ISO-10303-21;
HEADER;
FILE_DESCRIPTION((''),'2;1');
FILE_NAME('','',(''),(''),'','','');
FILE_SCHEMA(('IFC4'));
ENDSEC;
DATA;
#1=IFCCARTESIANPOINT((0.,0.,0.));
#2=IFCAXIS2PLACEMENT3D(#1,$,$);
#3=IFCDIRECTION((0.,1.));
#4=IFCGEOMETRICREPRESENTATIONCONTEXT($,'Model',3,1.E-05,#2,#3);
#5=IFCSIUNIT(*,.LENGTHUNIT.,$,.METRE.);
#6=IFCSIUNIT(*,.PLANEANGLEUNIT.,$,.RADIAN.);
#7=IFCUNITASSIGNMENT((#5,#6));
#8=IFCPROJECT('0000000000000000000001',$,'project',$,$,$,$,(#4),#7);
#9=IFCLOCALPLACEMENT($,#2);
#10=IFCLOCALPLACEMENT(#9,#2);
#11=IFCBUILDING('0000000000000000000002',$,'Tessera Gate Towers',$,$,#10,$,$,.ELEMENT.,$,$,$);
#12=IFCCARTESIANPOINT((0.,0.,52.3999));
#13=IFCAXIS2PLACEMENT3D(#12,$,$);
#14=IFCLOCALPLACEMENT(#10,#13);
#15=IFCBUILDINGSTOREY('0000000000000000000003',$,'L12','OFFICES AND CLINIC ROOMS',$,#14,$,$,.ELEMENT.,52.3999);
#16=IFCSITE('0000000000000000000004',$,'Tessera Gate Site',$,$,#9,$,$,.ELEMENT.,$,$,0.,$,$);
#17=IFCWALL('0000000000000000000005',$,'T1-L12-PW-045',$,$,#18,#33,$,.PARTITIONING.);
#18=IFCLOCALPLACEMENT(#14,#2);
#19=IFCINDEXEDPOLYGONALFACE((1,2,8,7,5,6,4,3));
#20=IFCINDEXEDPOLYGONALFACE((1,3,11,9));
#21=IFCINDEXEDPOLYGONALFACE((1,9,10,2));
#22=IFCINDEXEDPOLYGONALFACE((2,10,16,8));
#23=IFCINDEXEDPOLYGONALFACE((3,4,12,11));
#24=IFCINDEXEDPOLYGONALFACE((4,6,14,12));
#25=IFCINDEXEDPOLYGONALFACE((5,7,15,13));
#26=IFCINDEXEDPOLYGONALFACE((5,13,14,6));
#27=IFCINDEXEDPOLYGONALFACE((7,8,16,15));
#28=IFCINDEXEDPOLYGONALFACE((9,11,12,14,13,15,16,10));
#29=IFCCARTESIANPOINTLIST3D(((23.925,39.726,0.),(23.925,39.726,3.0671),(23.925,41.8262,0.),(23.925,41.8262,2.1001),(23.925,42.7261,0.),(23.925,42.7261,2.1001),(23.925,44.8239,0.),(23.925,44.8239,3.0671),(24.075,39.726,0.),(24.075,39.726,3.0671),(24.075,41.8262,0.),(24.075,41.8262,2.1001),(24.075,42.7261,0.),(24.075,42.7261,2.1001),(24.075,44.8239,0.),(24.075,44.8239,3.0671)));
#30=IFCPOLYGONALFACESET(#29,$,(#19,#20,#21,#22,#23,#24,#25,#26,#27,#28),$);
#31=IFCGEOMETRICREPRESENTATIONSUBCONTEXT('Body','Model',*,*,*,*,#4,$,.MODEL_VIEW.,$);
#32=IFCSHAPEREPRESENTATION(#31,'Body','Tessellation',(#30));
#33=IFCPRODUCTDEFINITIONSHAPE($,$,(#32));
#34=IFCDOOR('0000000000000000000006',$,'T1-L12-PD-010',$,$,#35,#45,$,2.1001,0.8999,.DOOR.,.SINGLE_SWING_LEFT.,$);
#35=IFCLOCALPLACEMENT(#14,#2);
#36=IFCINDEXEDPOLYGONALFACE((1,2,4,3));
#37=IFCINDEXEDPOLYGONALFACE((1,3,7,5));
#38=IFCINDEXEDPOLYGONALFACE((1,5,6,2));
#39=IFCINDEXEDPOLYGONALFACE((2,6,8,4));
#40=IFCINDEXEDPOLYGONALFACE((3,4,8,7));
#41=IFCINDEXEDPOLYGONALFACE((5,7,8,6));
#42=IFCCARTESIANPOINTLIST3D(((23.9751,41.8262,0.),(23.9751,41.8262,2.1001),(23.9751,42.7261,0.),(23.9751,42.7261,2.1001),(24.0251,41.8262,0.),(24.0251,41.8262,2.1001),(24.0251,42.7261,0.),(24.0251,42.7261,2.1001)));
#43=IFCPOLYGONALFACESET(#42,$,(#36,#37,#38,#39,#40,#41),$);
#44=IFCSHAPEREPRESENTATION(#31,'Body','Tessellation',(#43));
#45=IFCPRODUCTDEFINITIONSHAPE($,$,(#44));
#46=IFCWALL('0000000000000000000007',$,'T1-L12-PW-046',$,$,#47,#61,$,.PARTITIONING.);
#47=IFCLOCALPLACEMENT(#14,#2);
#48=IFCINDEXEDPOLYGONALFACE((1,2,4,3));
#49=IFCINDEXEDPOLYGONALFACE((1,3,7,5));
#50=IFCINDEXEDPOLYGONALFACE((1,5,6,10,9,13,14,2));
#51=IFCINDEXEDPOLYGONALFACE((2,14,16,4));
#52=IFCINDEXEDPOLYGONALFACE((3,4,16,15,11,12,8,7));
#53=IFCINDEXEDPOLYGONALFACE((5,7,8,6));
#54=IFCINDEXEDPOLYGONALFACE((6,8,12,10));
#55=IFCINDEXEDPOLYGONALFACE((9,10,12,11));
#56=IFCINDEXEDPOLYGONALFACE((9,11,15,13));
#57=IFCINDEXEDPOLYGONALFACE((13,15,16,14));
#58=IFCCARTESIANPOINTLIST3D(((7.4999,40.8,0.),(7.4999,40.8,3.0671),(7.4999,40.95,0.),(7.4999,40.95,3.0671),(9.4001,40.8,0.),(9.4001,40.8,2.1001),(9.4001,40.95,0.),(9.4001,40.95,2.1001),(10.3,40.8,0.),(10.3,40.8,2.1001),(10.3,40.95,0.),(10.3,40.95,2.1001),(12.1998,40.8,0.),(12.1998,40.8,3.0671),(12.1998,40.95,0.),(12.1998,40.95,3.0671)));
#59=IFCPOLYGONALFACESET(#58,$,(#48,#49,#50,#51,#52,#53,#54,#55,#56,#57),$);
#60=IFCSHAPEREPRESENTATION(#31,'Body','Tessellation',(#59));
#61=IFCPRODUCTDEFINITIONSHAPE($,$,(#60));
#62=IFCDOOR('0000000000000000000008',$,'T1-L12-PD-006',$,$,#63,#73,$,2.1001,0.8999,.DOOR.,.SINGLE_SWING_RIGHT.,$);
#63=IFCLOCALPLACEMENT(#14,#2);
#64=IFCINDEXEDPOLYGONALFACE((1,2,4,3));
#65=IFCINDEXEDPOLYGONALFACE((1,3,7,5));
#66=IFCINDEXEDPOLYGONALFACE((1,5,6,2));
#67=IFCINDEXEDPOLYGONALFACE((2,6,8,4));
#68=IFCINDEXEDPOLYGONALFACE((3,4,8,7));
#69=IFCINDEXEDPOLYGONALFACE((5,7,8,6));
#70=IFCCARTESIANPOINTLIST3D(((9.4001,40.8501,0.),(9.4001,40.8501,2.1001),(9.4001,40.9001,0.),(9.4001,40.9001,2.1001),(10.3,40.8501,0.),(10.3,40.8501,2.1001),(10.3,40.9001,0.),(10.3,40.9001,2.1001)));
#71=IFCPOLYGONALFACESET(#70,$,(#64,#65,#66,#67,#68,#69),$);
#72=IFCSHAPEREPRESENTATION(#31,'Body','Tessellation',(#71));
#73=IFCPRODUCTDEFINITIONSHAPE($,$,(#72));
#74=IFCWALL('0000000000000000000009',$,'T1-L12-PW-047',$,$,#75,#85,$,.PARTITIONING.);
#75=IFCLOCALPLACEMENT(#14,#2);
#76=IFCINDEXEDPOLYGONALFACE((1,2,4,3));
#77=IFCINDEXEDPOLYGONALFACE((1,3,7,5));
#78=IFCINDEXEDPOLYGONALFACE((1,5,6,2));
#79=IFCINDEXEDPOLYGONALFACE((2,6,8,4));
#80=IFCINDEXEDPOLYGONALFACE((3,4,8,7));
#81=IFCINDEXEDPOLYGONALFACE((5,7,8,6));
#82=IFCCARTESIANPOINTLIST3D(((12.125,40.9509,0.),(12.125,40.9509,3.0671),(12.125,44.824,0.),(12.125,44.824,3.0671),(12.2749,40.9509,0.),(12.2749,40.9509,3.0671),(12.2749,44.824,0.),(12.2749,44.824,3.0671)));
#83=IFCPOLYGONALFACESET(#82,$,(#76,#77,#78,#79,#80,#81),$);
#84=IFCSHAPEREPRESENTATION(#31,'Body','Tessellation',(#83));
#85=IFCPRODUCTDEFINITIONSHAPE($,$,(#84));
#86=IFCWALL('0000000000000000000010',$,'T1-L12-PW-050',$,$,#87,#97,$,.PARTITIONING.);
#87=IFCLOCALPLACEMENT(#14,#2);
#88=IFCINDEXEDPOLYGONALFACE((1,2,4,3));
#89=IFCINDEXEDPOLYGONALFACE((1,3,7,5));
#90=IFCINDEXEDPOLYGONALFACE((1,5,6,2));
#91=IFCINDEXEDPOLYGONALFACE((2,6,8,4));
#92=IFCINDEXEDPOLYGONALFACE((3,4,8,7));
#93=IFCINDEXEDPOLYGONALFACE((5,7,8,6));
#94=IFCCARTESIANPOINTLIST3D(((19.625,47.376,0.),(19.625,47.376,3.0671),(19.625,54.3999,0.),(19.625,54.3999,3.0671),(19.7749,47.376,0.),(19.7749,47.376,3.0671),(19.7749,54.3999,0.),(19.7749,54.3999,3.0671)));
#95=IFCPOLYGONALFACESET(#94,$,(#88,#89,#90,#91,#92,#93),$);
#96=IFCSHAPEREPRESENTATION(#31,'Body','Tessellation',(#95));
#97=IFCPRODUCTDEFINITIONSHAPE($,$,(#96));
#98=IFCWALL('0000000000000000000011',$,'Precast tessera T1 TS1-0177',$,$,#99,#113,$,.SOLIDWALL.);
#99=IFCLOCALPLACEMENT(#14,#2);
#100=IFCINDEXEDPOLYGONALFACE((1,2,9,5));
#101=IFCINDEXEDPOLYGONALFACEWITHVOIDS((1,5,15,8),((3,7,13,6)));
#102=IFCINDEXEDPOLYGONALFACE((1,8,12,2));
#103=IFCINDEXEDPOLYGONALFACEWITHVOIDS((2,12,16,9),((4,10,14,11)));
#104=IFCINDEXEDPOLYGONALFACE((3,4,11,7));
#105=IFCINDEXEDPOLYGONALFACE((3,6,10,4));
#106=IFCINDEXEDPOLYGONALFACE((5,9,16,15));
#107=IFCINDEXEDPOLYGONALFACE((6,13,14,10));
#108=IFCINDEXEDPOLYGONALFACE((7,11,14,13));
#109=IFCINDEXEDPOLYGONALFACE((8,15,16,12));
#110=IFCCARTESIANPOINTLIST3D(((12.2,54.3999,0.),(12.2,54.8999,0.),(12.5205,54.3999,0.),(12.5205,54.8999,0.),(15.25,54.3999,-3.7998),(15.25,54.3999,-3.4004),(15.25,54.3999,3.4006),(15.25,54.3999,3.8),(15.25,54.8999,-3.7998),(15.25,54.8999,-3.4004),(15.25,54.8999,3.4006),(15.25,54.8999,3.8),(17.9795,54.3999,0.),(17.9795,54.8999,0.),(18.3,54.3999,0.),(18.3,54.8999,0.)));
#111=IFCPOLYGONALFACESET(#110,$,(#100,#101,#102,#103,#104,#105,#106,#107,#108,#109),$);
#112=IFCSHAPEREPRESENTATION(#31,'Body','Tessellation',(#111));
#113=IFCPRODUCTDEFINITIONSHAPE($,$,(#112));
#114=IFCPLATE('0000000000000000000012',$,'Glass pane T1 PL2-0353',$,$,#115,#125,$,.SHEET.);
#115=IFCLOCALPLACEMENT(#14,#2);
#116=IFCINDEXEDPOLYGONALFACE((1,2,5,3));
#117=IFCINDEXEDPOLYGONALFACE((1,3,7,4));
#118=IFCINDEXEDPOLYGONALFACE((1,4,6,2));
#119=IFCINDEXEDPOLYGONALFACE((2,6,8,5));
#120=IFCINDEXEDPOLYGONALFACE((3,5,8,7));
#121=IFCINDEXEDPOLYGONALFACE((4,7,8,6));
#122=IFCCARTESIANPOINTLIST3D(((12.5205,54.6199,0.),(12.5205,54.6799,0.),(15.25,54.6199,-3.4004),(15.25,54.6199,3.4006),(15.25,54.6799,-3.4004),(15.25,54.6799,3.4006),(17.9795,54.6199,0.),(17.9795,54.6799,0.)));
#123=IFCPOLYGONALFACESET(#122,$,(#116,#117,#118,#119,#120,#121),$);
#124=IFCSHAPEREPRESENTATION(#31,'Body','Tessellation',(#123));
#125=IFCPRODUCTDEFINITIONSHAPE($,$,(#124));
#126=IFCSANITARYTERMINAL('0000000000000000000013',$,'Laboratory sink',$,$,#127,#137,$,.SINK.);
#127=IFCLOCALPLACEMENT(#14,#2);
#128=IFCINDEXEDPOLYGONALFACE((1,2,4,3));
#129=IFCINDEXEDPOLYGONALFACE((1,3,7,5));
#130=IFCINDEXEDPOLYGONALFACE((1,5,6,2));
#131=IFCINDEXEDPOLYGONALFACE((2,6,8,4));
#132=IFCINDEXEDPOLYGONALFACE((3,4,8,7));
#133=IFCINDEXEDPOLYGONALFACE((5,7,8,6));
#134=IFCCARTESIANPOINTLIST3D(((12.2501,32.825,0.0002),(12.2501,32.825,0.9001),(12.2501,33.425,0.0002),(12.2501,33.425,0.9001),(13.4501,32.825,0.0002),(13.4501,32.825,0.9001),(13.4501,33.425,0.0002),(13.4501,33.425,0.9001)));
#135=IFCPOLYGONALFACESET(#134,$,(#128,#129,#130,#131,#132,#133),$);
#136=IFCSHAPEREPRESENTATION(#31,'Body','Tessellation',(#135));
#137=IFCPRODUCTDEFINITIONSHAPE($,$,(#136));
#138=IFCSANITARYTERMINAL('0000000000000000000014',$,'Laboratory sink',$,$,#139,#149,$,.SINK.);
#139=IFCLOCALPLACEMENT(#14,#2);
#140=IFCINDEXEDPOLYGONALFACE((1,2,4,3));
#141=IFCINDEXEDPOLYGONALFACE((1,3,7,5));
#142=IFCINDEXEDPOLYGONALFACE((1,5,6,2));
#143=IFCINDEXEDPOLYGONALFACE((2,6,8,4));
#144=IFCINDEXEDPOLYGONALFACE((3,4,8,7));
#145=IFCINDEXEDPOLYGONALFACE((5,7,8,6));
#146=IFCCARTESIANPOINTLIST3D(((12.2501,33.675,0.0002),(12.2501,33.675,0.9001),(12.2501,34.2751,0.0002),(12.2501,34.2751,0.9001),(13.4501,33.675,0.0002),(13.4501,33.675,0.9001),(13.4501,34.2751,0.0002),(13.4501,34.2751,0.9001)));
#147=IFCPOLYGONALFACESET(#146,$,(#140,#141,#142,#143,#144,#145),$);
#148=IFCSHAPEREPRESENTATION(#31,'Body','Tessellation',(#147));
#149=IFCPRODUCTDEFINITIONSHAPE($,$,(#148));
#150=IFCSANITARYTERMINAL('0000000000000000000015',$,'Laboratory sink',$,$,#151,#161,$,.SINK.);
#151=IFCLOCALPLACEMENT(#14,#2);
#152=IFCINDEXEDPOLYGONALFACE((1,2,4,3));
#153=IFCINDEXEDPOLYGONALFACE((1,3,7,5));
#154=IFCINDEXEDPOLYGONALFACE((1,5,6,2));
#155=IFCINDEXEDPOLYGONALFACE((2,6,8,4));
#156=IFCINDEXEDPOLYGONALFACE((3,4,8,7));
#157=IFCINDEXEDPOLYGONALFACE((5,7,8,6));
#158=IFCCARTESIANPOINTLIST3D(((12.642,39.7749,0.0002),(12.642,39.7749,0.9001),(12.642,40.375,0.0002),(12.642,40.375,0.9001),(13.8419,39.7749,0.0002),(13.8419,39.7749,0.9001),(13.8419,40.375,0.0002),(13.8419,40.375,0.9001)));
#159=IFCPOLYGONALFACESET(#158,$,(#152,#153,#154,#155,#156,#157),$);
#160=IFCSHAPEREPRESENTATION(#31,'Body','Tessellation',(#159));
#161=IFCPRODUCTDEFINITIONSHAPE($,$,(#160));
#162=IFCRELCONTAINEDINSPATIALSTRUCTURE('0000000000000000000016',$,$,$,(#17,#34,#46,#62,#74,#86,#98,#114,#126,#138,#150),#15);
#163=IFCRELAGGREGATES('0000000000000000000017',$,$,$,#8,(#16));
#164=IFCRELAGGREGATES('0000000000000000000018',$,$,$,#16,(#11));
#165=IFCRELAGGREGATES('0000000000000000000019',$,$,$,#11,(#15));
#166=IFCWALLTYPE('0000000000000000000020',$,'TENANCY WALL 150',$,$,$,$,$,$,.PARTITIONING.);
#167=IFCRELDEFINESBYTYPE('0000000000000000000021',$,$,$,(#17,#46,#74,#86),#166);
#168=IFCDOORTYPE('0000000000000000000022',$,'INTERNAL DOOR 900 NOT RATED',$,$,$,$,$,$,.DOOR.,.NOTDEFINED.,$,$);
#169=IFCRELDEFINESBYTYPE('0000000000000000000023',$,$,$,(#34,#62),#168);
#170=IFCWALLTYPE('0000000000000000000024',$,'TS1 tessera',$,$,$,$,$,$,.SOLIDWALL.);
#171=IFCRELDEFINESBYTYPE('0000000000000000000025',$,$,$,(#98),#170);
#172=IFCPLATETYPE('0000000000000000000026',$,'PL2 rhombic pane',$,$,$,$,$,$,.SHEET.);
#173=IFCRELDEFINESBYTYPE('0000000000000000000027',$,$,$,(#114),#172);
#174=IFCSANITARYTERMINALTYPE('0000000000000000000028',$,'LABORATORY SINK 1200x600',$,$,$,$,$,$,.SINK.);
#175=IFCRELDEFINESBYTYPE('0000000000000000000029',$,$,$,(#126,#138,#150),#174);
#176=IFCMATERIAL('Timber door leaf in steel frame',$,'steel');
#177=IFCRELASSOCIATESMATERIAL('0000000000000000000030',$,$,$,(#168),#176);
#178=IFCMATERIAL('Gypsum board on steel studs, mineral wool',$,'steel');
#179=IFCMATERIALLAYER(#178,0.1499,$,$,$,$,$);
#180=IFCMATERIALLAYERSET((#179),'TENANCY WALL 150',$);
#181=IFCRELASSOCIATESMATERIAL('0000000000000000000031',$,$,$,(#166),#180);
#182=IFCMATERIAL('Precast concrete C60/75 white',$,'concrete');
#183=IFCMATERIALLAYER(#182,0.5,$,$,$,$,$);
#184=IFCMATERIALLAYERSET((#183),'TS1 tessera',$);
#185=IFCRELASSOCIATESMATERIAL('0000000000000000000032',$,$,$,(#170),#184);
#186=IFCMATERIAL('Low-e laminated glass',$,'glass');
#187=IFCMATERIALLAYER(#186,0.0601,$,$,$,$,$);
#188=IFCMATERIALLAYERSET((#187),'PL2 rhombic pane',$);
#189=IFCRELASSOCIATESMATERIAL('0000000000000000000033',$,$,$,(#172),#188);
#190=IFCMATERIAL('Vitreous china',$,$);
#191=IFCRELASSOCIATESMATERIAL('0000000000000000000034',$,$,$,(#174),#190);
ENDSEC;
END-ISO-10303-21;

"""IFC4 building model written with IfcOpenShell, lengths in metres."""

from ifc_helpers import new_model, si_unit, direction, frame, frame_2d, origin, origin_2d, place, context, subcontext, project, spatial, polyline, rectangle, outline, extrude, source, transform, mapped, material, layer, layer_set, type_object, element, fill, save


model = new_model("IFC4")

# Units and contexts
model_context = context("Model", 3, precision=1e-05, world=origin(), true_north=direction((0.0, 1.0)))
body_context = subcontext(model_context, "Body", "Model", "MODEL_VIEW")
ifc_project = project(units=[si_unit("LENGTHUNIT", "METRE"), si_unit("PLANEANGLEUNIT", "RADIAN")], contexts=[model_context])

# Site, building, storey
site_placement = place(None, origin())
site = spatial("IfcSite", under=ifc_project, at=site_placement, Name="Tessera Gate Site", CompositionType="ELEMENT", RefElevation=0.0)
building_placement = place(site_placement, origin())
building = spatial("IfcBuilding", under=site, at=building_placement, Name="Tessera Gate Towers", CompositionType="ELEMENT")
storey_placement = place(building_placement, frame((0.0, 0.0, 52.3999)))
storey = spatial("IfcBuildingStorey", under=building, at=storey_placement, Name="L12", Description="OFFICES AND CLINIC ROOMS", CompositionType="ELEMENT", Elevation=52.3999)

# Shared definitions
ifc_material_1 = material(Name="Timber door leaf in steel frame", Category="steel")
door_type = type_object("IfcDoorType", Name="INTERNAL DOOR 900 NOT RATED", OperationType="NOTDEFINED", PredefinedType="DOOR", material=ifc_material_1)
shared_shape_1 = source(origin(), body_context, "Body", "SweptSolid", [
    extrude(rectangle(XDim=0.8999, YDim=2.1001, at=frame_2d((0.45, 1.05))), frame((0.0, 0.0249, 0.0), z_axis=(0.0, -1.0, 0.0), x_axis=(1.0, 0.0, 0.0)), (0.0, 0.0, 1.0), 0.05),
])

# Shared definitions
ifc_material_2 = material(Name="Gypsum board on steel studs, mineral wool", Category="steel")
ifc_layer_1 = layer(ifc_material_2, 0.1499)
ifc_layer_set_1 = layer_set([ifc_layer_1], Name="TENANCY WALL 150")
wall_type_1 = type_object("IfcWallType", Name="TENANCY WALL 150", PredefinedType="PARTITIONING", material=ifc_layer_set_1)

# Shared definitions
shared_shape_2 = source(origin(), body_context, "Body", "SweptSolid", [
    extrude(rectangle(XDim=0.8999, YDim=2.1001, at=frame_2d((0.45, 1.05))), frame((0.0, 0.085, 0.0), z_axis=(0.0, -1.0, 0.0), x_axis=(1.0, 0.0, 0.0)), (0.0, 0.0, 1.0), 0.1699),
])

# Walls, openings, doors
wall_1_placement = place(storey_placement, frame((24.0, 39.7261, 0.0), z_axis=(0.0, 0.0, 1.0), x_axis=(0.0, 1.0, 0.0)))
wall_1 = element("IfcWall", 1, at=wall_1_placement, inside=storey, type_object=wall_type_1, Name="T1-L12-PW-045", PredefinedType="PARTITIONING", context=body_context, shape_type="SweptSolid", body=[
    extrude(rectangle(XDim=5.0979, YDim=0.1499, at=frame_2d((2.5488, 0.0))), origin(), (0.0, 0.0, 1.0), 3.0671),
])
opening_1_placement = place(wall_1_placement, frame((2.1001, 0.0, 0.0)))
opening_1 = element("IfcOpeningElement", 2, at=opening_1_placement, cuts=wall_1, PredefinedType="OPENING", context=body_context, shape_type="MappedRepresentation", body=[
    mapped(shared_shape_2, transform((0.0, 0.0, 0.0), scale=1.0)),
])
door_1_placement = place(opening_1_placement, origin())
door_1 = element("IfcDoor", 3, at=door_1_placement, inside=storey, type_object=door_type, Name="T1-L12-PD-010", OperationType="SINGLE_SWING_LEFT", OverallHeight=2.1001, OverallWidth=0.8999, PredefinedType="DOOR", context=body_context, shape_type="MappedRepresentation", body=[
    mapped(shared_shape_1, transform((0.0, 0.0, 0.0), scale=1.0)),
])
fill(opening_1, door_1)
wall_2_placement = place(storey_placement, frame((12.2, 40.875, 0.0), z_axis=(0.0, 0.0, 1.0), x_axis=(-1.0, 0.0, 0.0)))
wall_2 = element("IfcWall", 4, at=wall_2_placement, inside=storey, type_object=wall_type_1, Name="T1-L12-PW-046", PredefinedType="PARTITIONING", context=body_context, shape_type="SweptSolid", body=[
    extrude(rectangle(XDim=4.7, YDim=0.1499, at=frame_2d((2.3501, 0.0))), origin(), (0.0, 0.0, 1.0), 3.0671),
])
opening_2_placement = place(wall_2_placement, frame((1.8999, 0.0, 0.0)))
opening_2 = element("IfcOpeningElement", 5, at=opening_2_placement, cuts=wall_2, PredefinedType="OPENING", context=body_context, shape_type="MappedRepresentation", body=[
    mapped(shared_shape_2, transform((0.0, 0.0, 0.0), scale=1.0)),
])
door_2_placement = place(opening_2_placement, origin())
door_2 = element("IfcDoor", 6, at=door_2_placement, inside=storey, type_object=door_type, Name="T1-L12-PD-006", OperationType="SINGLE_SWING_RIGHT", OverallHeight=2.1001, OverallWidth=0.8999, PredefinedType="DOOR", context=body_context, shape_type="MappedRepresentation", body=[
    mapped(shared_shape_1, transform((0.0, 0.0, 0.0), scale=1.0)),
])
fill(opening_2, door_2)

# Walls
wall_3_placement = place(storey_placement, frame((12.2, 40.9509, 0.0), z_axis=(0.0, 0.0, 1.0), x_axis=(0.0, 1.0, 0.0)))
element("IfcWall", 7, at=wall_3_placement, inside=storey, type_object=wall_type_1, Name="T1-L12-PW-047", PredefinedType="PARTITIONING", context=body_context, shape_type="SweptSolid", body=[
    extrude(rectangle(XDim=3.873, YDim=0.1499, at=frame_2d((1.9365, 0.0))), origin(), (0.0, 0.0, 1.0), 3.0671),
])
wall_4_placement = place(storey_placement, frame((19.7, 47.376, 0.0), z_axis=(0.0, 0.0, 1.0), x_axis=(0.0, 1.0, 0.0)))
element("IfcWall", 8, at=wall_4_placement, inside=storey, type_object=wall_type_1, Name="T1-L12-PW-050", PredefinedType="PARTITIONING", context=body_context, shape_type="SweptSolid", body=[
    extrude(rectangle(XDim=7.0239, YDim=0.1499, at=frame_2d((3.512, 0.0))), origin(), (0.0, 0.0, 1.0), 3.0671),
])

# Wall, opening, plate
ifc_material_3 = material(Name="Precast concrete C60/75 white", Category="concrete")
ifc_layer_2 = layer(ifc_material_3, 0.5)
ifc_layer_set_2 = layer_set([ifc_layer_2], Name="TS1 tessera")
wall_type_2 = type_object("IfcWallType", Name="TS1 tessera", PredefinedType="SOLIDWALL", material=ifc_layer_set_2)
shared_shape_3 = source(origin(), body_context, "Body", "SweptSolid", [
    extrude(outline(polyline([(3.05, 0.0), (6.1001, 3.7998), (3.05, 7.5999), (0.0, 3.7998), (3.05, 0.0)])), frame((0.0, 0.25, 0.0), z_axis=(0.0, -1.0, 0.0), x_axis=(1.0, 0.0, 0.0)), (0.0, 0.0, 1.0), 0.5),
])
wall_5_placement = place(storey_placement, frame((18.3, 54.6499, -3.7998), z_axis=(0.0, 0.0, 1.0), x_axis=(-1.0, 0.0, 0.0)))
wall_5 = element("IfcWall", 9, at=wall_5_placement, inside=storey, type_object=wall_type_2, Name="Precast tessera T1 TS1-0177", PredefinedType="SOLIDWALL", context=body_context, shape_type="MappedRepresentation", body=[
    mapped(shared_shape_3, transform((0.0, 0.0, 0.0), scale=1.0)),
])
shared_shape_4 = source(origin(), body_context, "Body", "SweptSolid", [
    extrude(outline(polyline([(3.05, 0.3994), (5.7795, 3.7998), (3.05, 7.2004), (0.3206, 3.7998), (3.05, 0.3994)])), frame((0.0, 0.26, 0.0), z_axis=(0.0, -1.0, 0.0), x_axis=(1.0, 0.0, 0.0)), (0.0, 0.0, 1.0), 0.52),
])
opening_3_placement = place(wall_5_placement, origin())
opening_3 = element("IfcOpeningElement", 10, at=opening_3_placement, cuts=wall_5, PredefinedType="OPENING", context=body_context, shape_type="MappedRepresentation", body=[
    mapped(shared_shape_4, transform((0.0, 0.0, 0.0), scale=1.0)),
])
ifc_material_4 = material(Name="Low-e laminated glass", Category="glass")
ifc_layer_3 = layer(ifc_material_4, 0.0601)
ifc_layer_set_3 = layer_set([ifc_layer_3], Name="PL2 rhombic pane")
plate_type = type_object("IfcPlateType", Name="PL2 rhombic pane", PredefinedType="SHEET", material=ifc_layer_set_3)
shared_shape_5 = source(origin(), body_context, "Body", "SweptSolid", [
    extrude(outline(polyline([(3.05, 0.3994), (5.7795, 3.7998), (3.05, 7.2004), (0.3206, 3.7998), (3.05, 0.3994)])), frame((0.0, 0.03, 0.0), z_axis=(0.0, -1.0, 0.0), x_axis=(1.0, 0.0, 0.0)), (0.0, 0.0, 1.0), 0.0601),
])
plate_placement = place(opening_3_placement, origin())
plate = element("IfcPlate", 11, at=plate_placement, inside=storey, type_object=plate_type, Name="Glass pane T1 PL2-0353", PredefinedType="SHEET", context=body_context, shape_type="MappedRepresentation", body=[
    mapped(shared_shape_5, transform((0.0, 0.0, 0.0), scale=1.0)),
])
fill(opening_3, plate)

# Sanitary terminals
ifc_material_5 = material(Name="Vitreous china")
sanitary_terminal_type = type_object("IfcSanitaryTerminalType", Name="LABORATORY SINK 1200x600", PredefinedType="SINK", material=ifc_material_5)
for number, where, z_axis, x_axis, name in (
    (12, (12.8501, 33.125, 0.0002), (0.0, 0.0, 1.0), (1.0, 0.0, 0.0), "Laboratory sink"),
    (13, (12.8501, 33.9751, 0.0002), (0.0, 0.0, 1.0), (1.0, 0.0, 0.0), "Laboratory sink"),
    (14, (13.2419, 40.075, 0.0002), (0.0, 0.0, 1.0), (1.0, 0.0, 0.0), "Laboratory sink"),
):
    element("IfcSanitaryTerminal", number, at=place(storey_placement, frame(where, z_axis=z_axis, x_axis=x_axis)), inside=storey, type_object=sanitary_terminal_type, Name=name, PredefinedType="SINK", context=body_context, shape_type="SweptSolid", body=[
        extrude(rectangle(XDim=1.2, YDim=0.6001, at=origin_2d()), origin(), (0.0, 0.0, 1.0), 0.8999),
    ])

save(model, "model.ifc")
